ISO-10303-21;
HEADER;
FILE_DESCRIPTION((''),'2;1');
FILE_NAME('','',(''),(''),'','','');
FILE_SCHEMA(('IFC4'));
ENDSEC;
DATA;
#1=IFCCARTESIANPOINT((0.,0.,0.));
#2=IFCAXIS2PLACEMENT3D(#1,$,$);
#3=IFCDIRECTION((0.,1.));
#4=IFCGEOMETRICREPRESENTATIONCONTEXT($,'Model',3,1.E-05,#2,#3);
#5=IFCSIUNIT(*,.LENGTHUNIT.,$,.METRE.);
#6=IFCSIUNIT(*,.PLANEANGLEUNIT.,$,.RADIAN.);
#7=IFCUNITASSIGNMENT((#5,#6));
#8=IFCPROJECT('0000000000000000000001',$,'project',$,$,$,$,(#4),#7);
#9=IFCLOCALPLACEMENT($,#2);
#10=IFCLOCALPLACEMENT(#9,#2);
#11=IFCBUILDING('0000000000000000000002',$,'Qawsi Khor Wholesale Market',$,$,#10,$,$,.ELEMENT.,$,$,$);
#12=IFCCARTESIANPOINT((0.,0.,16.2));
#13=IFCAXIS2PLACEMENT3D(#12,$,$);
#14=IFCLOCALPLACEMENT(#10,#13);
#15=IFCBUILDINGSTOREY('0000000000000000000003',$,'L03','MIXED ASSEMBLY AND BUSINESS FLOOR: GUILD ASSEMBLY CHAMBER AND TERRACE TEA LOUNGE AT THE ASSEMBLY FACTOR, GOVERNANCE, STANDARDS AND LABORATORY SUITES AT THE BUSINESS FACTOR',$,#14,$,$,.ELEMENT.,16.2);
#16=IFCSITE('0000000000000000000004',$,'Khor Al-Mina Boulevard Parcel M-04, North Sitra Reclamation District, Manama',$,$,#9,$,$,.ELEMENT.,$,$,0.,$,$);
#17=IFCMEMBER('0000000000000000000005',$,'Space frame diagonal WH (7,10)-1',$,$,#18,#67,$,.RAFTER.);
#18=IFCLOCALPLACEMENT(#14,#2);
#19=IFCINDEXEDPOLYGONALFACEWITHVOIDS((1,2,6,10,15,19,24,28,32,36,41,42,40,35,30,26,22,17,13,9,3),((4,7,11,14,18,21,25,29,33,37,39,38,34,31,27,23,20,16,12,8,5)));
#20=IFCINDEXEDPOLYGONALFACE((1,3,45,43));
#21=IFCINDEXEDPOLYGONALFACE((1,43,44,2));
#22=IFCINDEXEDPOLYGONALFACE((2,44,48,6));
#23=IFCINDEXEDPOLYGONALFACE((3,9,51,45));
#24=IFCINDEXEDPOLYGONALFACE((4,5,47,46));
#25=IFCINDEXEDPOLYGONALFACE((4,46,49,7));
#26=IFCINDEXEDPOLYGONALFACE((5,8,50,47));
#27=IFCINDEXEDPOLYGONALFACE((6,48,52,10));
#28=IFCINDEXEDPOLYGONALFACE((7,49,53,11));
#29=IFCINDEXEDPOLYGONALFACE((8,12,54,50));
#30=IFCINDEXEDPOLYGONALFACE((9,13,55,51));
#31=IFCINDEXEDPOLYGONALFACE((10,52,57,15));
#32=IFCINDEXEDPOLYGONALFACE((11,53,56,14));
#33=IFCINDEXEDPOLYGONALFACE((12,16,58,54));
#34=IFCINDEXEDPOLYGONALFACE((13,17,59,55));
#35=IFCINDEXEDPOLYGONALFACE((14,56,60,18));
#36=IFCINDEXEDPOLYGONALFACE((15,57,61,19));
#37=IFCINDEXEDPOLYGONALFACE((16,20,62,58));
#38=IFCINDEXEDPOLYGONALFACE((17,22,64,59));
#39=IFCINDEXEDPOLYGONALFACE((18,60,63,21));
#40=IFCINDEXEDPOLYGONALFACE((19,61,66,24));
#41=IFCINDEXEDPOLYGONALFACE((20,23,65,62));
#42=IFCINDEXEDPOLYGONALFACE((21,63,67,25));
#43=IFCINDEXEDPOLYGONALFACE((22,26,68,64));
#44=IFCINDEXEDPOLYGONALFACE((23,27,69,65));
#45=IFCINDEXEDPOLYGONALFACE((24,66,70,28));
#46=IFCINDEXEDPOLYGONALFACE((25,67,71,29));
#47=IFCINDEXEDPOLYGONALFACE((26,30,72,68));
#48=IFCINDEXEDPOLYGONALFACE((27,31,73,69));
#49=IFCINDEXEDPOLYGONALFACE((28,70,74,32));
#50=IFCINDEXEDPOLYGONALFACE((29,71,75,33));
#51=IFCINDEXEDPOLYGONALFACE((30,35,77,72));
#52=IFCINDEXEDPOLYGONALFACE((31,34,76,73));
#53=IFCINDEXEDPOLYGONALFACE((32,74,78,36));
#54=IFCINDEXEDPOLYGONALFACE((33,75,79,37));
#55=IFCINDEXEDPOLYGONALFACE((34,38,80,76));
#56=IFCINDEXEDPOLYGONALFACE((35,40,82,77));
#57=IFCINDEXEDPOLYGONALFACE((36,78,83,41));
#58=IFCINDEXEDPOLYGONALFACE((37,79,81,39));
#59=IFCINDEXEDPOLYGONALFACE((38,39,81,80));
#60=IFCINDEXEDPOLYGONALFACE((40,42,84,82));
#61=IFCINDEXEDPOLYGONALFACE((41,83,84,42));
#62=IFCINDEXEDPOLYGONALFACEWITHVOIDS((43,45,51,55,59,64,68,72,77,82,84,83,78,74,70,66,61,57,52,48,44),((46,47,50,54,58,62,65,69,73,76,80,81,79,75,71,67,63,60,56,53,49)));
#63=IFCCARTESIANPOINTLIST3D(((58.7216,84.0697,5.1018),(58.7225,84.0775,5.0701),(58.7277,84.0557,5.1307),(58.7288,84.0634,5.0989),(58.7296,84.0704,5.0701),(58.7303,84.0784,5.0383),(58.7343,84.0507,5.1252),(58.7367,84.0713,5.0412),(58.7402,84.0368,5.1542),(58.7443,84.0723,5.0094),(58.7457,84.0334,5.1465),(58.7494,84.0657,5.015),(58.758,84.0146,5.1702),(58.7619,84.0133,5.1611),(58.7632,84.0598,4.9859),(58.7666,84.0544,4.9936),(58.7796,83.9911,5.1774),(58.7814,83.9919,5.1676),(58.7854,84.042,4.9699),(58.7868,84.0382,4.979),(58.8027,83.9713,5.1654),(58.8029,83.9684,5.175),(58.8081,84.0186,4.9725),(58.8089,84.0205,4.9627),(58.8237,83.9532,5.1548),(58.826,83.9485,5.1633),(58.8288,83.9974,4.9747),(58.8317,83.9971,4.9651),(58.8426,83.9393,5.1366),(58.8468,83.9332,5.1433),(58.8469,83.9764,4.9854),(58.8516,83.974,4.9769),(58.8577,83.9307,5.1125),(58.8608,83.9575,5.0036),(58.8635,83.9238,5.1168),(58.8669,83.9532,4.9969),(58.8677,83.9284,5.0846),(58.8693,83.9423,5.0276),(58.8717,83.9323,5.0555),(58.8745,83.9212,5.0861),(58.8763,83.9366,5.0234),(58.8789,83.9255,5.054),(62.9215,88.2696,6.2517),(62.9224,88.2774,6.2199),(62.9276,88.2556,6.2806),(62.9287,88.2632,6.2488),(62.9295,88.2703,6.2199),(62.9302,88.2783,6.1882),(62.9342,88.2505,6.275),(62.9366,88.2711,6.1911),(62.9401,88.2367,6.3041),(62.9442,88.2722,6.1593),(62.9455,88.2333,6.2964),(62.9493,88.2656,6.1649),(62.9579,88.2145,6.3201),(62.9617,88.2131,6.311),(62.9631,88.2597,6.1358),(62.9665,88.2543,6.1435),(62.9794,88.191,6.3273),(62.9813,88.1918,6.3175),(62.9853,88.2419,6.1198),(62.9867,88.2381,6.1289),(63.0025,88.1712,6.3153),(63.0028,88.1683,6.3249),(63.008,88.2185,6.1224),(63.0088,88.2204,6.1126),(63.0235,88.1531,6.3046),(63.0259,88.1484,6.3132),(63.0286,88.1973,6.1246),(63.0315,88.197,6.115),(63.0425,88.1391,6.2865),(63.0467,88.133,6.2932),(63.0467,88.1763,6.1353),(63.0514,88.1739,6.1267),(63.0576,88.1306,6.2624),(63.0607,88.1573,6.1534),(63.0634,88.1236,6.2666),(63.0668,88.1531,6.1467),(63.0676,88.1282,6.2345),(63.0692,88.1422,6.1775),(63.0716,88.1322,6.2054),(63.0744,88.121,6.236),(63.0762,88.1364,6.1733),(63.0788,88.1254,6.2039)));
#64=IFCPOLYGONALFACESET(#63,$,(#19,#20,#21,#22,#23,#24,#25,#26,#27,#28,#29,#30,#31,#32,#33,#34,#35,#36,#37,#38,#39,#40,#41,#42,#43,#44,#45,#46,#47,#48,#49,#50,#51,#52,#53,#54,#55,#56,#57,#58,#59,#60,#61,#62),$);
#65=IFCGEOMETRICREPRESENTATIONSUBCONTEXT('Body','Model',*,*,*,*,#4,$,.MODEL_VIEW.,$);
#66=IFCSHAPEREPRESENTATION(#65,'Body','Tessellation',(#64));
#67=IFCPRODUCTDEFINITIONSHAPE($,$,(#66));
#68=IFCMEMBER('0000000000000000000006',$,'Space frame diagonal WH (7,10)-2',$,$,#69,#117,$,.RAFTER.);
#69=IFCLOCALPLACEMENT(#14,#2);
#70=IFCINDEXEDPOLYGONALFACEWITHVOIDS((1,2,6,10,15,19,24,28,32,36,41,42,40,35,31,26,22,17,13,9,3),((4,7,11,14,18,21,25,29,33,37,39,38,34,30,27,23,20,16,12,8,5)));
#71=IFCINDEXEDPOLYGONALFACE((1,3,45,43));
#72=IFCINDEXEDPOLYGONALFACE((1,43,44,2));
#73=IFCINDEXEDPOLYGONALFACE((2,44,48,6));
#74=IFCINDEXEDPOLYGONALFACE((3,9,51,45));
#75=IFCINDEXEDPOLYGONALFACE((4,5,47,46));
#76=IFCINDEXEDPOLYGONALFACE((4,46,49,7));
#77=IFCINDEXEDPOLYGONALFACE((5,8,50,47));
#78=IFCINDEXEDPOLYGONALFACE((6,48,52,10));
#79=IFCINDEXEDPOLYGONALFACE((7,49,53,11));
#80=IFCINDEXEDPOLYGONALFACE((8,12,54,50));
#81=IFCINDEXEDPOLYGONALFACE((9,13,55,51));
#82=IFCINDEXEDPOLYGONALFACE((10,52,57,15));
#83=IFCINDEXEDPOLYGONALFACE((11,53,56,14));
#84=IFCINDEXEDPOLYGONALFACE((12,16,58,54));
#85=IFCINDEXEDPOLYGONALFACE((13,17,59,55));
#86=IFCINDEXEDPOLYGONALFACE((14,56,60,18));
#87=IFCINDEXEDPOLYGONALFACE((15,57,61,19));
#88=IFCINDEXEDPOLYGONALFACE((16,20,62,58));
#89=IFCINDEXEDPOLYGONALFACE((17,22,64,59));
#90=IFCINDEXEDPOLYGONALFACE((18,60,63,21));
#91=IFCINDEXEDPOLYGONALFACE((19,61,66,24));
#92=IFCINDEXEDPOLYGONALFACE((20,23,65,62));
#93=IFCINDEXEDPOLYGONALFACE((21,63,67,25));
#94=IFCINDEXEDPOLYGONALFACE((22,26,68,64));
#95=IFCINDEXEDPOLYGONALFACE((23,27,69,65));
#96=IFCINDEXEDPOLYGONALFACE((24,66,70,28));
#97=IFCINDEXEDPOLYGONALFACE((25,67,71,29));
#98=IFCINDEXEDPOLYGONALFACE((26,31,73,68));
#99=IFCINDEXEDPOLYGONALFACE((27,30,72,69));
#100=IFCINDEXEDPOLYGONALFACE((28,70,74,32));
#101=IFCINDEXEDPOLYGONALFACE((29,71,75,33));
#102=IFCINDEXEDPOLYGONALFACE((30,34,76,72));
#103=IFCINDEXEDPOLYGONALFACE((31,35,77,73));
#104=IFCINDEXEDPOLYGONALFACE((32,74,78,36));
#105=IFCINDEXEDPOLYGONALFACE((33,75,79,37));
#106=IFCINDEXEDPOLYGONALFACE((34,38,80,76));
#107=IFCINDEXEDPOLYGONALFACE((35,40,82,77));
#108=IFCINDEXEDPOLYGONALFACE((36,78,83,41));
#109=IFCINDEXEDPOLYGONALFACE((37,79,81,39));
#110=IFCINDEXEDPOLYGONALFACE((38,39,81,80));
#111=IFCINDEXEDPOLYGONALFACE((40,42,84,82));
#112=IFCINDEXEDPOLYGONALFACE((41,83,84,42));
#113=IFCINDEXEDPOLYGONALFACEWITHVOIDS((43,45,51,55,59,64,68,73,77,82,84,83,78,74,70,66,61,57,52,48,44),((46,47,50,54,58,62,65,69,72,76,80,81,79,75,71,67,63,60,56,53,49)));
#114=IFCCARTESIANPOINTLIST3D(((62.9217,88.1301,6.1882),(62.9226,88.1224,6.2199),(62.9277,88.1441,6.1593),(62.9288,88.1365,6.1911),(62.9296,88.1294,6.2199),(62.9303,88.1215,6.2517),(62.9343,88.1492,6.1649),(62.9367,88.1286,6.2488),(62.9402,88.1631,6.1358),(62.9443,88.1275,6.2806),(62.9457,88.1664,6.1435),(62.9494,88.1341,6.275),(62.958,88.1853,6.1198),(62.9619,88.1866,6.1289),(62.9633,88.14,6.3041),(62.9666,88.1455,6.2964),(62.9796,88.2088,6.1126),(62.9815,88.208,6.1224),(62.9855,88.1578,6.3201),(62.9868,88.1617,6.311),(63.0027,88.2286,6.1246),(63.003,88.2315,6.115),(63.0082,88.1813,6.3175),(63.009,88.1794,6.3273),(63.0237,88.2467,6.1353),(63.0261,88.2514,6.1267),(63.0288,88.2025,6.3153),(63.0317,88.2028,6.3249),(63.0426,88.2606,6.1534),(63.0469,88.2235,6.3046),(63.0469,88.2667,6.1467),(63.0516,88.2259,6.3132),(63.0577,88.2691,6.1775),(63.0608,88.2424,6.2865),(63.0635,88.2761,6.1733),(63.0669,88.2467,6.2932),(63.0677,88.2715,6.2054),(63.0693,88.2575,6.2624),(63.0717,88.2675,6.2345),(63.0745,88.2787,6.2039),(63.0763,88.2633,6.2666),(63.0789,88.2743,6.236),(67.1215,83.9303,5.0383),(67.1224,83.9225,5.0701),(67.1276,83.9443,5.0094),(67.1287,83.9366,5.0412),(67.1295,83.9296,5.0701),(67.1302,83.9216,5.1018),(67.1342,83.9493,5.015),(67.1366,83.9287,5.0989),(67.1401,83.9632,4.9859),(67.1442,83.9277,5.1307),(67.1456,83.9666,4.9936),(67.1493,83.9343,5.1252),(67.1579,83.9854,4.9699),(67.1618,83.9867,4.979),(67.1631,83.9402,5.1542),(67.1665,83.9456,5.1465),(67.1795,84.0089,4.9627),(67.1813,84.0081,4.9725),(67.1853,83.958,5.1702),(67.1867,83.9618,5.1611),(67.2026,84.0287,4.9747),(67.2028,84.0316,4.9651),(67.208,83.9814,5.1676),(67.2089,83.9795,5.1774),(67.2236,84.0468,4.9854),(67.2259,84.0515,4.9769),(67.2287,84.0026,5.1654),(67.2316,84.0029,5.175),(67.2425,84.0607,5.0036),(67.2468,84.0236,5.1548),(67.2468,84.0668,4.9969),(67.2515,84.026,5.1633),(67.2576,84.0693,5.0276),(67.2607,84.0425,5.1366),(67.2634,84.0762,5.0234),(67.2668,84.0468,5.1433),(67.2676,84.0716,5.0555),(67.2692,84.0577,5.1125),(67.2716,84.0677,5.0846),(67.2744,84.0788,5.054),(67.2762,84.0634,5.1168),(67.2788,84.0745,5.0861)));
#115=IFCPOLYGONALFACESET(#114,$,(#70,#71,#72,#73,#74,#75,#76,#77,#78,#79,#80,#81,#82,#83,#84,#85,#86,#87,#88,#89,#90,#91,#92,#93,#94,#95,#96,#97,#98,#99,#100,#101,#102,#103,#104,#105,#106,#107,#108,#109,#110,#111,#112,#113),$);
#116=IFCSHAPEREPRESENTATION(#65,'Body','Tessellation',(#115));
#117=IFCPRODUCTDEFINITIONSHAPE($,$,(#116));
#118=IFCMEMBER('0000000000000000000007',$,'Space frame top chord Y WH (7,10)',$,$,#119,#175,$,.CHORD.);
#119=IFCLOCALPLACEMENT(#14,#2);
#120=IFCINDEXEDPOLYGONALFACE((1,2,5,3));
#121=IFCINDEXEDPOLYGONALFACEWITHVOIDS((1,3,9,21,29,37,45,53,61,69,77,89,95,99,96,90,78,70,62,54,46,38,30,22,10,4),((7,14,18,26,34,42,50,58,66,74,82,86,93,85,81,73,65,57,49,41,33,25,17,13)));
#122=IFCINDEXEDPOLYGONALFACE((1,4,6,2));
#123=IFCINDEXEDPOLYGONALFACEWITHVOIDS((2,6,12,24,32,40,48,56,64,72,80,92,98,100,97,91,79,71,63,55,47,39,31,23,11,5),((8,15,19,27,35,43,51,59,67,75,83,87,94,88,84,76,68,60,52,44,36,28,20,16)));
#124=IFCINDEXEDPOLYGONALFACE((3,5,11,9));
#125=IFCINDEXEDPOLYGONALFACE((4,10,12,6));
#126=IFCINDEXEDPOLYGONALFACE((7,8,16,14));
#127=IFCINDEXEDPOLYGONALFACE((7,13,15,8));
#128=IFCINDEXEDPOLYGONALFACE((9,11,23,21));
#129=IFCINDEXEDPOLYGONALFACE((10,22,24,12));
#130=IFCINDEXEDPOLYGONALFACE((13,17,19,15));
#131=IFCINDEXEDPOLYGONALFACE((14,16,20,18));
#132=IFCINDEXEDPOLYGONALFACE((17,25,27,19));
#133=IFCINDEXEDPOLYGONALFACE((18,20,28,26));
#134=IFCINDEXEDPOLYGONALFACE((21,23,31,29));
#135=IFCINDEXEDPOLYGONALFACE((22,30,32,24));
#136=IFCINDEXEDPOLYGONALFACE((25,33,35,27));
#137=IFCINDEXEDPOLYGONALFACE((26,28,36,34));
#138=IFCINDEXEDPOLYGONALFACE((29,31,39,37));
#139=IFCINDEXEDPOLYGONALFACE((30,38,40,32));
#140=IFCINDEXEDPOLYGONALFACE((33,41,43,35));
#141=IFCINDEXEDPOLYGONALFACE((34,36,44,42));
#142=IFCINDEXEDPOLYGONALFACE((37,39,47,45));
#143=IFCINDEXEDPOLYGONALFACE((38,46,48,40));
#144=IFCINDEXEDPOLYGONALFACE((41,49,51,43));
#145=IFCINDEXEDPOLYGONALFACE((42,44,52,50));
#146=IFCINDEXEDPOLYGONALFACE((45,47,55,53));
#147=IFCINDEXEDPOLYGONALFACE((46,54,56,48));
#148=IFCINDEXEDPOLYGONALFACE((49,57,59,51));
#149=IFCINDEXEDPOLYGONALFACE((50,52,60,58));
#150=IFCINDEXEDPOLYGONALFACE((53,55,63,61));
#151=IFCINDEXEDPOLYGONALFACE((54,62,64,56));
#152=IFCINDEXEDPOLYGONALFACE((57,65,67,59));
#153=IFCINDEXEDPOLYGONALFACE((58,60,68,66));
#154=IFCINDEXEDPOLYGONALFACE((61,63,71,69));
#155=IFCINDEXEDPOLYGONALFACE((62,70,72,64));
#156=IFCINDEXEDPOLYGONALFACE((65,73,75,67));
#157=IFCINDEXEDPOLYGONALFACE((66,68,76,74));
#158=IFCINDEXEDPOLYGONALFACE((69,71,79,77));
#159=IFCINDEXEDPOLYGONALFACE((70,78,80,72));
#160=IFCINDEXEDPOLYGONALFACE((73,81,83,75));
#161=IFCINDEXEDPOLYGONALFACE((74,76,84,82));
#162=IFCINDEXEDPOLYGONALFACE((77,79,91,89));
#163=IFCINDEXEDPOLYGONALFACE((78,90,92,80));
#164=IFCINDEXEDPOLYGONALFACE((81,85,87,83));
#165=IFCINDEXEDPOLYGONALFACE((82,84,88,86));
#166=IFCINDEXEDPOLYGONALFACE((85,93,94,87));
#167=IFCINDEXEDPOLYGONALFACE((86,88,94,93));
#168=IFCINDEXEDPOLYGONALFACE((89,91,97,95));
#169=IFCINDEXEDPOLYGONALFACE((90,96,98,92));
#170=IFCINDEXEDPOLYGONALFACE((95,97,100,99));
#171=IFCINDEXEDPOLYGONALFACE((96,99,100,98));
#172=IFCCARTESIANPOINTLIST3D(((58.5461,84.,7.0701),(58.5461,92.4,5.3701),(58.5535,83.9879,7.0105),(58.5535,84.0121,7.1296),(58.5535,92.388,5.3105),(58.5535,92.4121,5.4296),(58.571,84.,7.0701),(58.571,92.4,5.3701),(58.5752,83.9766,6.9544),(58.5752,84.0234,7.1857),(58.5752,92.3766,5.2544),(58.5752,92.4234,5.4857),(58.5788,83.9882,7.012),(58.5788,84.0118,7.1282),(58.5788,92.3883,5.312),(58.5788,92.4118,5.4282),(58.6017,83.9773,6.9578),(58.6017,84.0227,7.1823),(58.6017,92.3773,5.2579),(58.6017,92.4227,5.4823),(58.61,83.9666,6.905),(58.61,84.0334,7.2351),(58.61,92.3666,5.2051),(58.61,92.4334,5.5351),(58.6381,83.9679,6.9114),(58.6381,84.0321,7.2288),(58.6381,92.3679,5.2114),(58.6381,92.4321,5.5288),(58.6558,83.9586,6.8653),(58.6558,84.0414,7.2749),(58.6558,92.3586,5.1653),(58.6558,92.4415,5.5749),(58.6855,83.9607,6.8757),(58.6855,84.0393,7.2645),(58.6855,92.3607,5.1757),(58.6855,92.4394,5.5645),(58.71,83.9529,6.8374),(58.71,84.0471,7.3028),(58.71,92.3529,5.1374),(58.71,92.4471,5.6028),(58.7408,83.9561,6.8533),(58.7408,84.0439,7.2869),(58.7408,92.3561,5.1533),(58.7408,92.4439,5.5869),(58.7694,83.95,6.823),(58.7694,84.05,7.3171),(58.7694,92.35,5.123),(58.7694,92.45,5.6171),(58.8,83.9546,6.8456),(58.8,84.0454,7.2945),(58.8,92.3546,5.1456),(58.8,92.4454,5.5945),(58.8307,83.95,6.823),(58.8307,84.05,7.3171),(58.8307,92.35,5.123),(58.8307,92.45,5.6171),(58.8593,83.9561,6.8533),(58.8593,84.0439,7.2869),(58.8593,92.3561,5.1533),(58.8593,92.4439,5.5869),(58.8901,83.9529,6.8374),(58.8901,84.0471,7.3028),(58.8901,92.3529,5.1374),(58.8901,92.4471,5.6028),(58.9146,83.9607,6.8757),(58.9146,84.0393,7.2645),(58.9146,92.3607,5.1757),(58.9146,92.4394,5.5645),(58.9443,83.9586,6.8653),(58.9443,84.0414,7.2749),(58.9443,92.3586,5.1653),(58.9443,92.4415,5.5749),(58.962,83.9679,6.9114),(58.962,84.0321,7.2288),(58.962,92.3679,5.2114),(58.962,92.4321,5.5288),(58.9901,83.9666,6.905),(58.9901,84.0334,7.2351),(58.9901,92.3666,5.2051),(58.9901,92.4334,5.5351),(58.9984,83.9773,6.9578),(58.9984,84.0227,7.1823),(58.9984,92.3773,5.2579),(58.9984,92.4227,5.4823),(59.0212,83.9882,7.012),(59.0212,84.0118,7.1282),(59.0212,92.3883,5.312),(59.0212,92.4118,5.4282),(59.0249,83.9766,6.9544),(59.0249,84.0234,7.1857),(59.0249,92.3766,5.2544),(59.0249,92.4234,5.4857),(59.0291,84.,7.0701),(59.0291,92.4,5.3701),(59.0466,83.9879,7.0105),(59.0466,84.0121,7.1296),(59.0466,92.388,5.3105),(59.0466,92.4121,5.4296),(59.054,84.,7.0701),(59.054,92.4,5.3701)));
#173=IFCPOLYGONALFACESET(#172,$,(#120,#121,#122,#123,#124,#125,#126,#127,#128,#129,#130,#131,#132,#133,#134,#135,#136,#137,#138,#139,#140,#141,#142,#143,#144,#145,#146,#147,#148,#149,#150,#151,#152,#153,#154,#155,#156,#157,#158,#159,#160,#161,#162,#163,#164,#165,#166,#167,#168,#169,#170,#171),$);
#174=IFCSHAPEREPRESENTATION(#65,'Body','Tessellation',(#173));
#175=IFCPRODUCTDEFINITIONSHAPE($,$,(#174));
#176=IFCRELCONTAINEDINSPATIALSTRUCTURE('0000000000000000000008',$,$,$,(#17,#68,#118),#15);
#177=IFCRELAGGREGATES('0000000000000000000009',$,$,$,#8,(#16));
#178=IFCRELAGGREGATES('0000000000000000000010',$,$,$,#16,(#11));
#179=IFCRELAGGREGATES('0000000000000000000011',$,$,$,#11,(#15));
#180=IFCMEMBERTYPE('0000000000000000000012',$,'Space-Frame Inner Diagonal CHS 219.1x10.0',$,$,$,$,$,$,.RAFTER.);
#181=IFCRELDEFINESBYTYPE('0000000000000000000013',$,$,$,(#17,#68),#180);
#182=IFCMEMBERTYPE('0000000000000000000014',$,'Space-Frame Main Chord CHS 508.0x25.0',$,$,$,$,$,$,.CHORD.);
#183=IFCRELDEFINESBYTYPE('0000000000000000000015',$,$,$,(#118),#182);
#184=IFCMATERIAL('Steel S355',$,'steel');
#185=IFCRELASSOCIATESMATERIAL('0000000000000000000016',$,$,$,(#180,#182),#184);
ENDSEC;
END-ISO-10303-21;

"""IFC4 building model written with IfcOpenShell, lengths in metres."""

from ifc_helpers import new_model, si_unit, direction, frame, origin, origin_2d, place, context, subcontext, project, spatial, hollow_circle, extrude, material, material_profile, profile_set, type_object, element, save


model = new_model("IFC4")

# Units and contexts
model_context = context("Model", 3, precision=1e-05, world=origin(), true_north=direction((0.0, 1.0)))
body_context = subcontext(model_context, "Body", "Model", "MODEL_VIEW")
ifc_project = project(units=[si_unit("LENGTHUNIT", "METRE"), si_unit("PLANEANGLEUNIT", "RADIAN")], contexts=[model_context])

# Site, building, storey
site_placement = place(None, origin())
site = spatial("IfcSite", under=ifc_project, at=site_placement, Name="Khor Al-Mina Boulevard Parcel M-04, North Sitra Reclamation District, Manama", CompositionType="ELEMENT", RefElevation=0.0)
building_placement = place(site_placement, origin())
building = spatial("IfcBuilding", under=site, at=building_placement, Name="Qawsi Khor Wholesale Market", CompositionType="ELEMENT")
storey_placement = place(building_placement, frame((0.0, 0.0, 16.2)))
storey = spatial("IfcBuildingStorey", under=building, at=storey_placement, Name="L03", Description="MIXED ASSEMBLY AND BUSINESS FLOOR: GUILD ASSEMBLY CHAMBER AND TERRACE TEA LOUNGE AT THE ASSEMBLY FACTOR, GOVERNANCE, STANDARDS AND LABORATORY SUITES AT THE BUSINESS FACTOR", CompositionType="ELEMENT", Elevation=16.2)

# Members
ifc_material_1 = material(Name="Steel S355", Category="steel")
ifc_material_profile_1 = material_profile(ifc_material_1, hollow_circle(Radius=0.1096, WallThickness=0.01, at=origin_2d()), Name="CHS 219.1x10.0")
ifc_profile_set_1 = profile_set([ifc_material_profile_1], Name="Steel S355")
member_type_1 = type_object("IfcMemberType", Name="Space-Frame Inner Diagonal CHS 219.1x10.0", PredefinedType="RAFTER", material=ifc_profile_set_1)
for number, where, z_axis, x_axis, name in (
    (1, (58.8, 84.0, 5.0701), (0.694217, 0.694217, 0.190069), (-0.707107, 0.707107, 0.0), "Space frame diagonal WH (7,10)-1"),
    (2, (67.2, 84.0, 5.0701), (-0.694217, 0.694217, 0.190069), (-0.707107, -0.707107, 0.0), "Space frame diagonal WH (7,10)-2"),
):
    element("IfcMember", number, at=place(storey_placement, frame(where, z_axis=z_axis, x_axis=x_axis)), inside=storey, type_object=member_type_1, Name=name, PredefinedType="RAFTER", context=body_context, shape_type="SweptSolid", body=[
        extrude(hollow_circle(Radius=0.1096, WallThickness=0.01, at=origin_2d()), origin(), (0.0, 0.0, 1.0), 6.0498),
    ])
ifc_material_profile_2 = material_profile(ifc_material_1, hollow_circle(Radius=0.2539, WallThickness=0.0249, at=origin_2d()), Name="CHS 508.0x25.0")
ifc_profile_set_2 = profile_set([ifc_material_profile_2], Name="Steel S355")
member_type_2 = type_object("IfcMemberType", Name="Space-Frame Main Chord CHS 508.0x25.0", PredefinedType="CHORD", material=ifc_profile_set_2)
member_1_placement = place(storey_placement, frame((58.8, 84.0, 7.0701), z_axis=(0.0, 0.98013, -0.198356), x_axis=(-1.0, 0.0, 0.0)))
element("IfcMember", 3, at=member_1_placement, inside=storey, type_object=member_type_2, Name="Space frame top chord Y WH (7,10)", PredefinedType="CHORD", context=body_context, shape_type="SweptSolid", body=[
    extrude(hollow_circle(Radius=0.2539, WallThickness=0.0249, at=origin_2d()), origin(), (0.0, 0.0, 1.0), 8.5703),
])

save(model, "model.ifc")
